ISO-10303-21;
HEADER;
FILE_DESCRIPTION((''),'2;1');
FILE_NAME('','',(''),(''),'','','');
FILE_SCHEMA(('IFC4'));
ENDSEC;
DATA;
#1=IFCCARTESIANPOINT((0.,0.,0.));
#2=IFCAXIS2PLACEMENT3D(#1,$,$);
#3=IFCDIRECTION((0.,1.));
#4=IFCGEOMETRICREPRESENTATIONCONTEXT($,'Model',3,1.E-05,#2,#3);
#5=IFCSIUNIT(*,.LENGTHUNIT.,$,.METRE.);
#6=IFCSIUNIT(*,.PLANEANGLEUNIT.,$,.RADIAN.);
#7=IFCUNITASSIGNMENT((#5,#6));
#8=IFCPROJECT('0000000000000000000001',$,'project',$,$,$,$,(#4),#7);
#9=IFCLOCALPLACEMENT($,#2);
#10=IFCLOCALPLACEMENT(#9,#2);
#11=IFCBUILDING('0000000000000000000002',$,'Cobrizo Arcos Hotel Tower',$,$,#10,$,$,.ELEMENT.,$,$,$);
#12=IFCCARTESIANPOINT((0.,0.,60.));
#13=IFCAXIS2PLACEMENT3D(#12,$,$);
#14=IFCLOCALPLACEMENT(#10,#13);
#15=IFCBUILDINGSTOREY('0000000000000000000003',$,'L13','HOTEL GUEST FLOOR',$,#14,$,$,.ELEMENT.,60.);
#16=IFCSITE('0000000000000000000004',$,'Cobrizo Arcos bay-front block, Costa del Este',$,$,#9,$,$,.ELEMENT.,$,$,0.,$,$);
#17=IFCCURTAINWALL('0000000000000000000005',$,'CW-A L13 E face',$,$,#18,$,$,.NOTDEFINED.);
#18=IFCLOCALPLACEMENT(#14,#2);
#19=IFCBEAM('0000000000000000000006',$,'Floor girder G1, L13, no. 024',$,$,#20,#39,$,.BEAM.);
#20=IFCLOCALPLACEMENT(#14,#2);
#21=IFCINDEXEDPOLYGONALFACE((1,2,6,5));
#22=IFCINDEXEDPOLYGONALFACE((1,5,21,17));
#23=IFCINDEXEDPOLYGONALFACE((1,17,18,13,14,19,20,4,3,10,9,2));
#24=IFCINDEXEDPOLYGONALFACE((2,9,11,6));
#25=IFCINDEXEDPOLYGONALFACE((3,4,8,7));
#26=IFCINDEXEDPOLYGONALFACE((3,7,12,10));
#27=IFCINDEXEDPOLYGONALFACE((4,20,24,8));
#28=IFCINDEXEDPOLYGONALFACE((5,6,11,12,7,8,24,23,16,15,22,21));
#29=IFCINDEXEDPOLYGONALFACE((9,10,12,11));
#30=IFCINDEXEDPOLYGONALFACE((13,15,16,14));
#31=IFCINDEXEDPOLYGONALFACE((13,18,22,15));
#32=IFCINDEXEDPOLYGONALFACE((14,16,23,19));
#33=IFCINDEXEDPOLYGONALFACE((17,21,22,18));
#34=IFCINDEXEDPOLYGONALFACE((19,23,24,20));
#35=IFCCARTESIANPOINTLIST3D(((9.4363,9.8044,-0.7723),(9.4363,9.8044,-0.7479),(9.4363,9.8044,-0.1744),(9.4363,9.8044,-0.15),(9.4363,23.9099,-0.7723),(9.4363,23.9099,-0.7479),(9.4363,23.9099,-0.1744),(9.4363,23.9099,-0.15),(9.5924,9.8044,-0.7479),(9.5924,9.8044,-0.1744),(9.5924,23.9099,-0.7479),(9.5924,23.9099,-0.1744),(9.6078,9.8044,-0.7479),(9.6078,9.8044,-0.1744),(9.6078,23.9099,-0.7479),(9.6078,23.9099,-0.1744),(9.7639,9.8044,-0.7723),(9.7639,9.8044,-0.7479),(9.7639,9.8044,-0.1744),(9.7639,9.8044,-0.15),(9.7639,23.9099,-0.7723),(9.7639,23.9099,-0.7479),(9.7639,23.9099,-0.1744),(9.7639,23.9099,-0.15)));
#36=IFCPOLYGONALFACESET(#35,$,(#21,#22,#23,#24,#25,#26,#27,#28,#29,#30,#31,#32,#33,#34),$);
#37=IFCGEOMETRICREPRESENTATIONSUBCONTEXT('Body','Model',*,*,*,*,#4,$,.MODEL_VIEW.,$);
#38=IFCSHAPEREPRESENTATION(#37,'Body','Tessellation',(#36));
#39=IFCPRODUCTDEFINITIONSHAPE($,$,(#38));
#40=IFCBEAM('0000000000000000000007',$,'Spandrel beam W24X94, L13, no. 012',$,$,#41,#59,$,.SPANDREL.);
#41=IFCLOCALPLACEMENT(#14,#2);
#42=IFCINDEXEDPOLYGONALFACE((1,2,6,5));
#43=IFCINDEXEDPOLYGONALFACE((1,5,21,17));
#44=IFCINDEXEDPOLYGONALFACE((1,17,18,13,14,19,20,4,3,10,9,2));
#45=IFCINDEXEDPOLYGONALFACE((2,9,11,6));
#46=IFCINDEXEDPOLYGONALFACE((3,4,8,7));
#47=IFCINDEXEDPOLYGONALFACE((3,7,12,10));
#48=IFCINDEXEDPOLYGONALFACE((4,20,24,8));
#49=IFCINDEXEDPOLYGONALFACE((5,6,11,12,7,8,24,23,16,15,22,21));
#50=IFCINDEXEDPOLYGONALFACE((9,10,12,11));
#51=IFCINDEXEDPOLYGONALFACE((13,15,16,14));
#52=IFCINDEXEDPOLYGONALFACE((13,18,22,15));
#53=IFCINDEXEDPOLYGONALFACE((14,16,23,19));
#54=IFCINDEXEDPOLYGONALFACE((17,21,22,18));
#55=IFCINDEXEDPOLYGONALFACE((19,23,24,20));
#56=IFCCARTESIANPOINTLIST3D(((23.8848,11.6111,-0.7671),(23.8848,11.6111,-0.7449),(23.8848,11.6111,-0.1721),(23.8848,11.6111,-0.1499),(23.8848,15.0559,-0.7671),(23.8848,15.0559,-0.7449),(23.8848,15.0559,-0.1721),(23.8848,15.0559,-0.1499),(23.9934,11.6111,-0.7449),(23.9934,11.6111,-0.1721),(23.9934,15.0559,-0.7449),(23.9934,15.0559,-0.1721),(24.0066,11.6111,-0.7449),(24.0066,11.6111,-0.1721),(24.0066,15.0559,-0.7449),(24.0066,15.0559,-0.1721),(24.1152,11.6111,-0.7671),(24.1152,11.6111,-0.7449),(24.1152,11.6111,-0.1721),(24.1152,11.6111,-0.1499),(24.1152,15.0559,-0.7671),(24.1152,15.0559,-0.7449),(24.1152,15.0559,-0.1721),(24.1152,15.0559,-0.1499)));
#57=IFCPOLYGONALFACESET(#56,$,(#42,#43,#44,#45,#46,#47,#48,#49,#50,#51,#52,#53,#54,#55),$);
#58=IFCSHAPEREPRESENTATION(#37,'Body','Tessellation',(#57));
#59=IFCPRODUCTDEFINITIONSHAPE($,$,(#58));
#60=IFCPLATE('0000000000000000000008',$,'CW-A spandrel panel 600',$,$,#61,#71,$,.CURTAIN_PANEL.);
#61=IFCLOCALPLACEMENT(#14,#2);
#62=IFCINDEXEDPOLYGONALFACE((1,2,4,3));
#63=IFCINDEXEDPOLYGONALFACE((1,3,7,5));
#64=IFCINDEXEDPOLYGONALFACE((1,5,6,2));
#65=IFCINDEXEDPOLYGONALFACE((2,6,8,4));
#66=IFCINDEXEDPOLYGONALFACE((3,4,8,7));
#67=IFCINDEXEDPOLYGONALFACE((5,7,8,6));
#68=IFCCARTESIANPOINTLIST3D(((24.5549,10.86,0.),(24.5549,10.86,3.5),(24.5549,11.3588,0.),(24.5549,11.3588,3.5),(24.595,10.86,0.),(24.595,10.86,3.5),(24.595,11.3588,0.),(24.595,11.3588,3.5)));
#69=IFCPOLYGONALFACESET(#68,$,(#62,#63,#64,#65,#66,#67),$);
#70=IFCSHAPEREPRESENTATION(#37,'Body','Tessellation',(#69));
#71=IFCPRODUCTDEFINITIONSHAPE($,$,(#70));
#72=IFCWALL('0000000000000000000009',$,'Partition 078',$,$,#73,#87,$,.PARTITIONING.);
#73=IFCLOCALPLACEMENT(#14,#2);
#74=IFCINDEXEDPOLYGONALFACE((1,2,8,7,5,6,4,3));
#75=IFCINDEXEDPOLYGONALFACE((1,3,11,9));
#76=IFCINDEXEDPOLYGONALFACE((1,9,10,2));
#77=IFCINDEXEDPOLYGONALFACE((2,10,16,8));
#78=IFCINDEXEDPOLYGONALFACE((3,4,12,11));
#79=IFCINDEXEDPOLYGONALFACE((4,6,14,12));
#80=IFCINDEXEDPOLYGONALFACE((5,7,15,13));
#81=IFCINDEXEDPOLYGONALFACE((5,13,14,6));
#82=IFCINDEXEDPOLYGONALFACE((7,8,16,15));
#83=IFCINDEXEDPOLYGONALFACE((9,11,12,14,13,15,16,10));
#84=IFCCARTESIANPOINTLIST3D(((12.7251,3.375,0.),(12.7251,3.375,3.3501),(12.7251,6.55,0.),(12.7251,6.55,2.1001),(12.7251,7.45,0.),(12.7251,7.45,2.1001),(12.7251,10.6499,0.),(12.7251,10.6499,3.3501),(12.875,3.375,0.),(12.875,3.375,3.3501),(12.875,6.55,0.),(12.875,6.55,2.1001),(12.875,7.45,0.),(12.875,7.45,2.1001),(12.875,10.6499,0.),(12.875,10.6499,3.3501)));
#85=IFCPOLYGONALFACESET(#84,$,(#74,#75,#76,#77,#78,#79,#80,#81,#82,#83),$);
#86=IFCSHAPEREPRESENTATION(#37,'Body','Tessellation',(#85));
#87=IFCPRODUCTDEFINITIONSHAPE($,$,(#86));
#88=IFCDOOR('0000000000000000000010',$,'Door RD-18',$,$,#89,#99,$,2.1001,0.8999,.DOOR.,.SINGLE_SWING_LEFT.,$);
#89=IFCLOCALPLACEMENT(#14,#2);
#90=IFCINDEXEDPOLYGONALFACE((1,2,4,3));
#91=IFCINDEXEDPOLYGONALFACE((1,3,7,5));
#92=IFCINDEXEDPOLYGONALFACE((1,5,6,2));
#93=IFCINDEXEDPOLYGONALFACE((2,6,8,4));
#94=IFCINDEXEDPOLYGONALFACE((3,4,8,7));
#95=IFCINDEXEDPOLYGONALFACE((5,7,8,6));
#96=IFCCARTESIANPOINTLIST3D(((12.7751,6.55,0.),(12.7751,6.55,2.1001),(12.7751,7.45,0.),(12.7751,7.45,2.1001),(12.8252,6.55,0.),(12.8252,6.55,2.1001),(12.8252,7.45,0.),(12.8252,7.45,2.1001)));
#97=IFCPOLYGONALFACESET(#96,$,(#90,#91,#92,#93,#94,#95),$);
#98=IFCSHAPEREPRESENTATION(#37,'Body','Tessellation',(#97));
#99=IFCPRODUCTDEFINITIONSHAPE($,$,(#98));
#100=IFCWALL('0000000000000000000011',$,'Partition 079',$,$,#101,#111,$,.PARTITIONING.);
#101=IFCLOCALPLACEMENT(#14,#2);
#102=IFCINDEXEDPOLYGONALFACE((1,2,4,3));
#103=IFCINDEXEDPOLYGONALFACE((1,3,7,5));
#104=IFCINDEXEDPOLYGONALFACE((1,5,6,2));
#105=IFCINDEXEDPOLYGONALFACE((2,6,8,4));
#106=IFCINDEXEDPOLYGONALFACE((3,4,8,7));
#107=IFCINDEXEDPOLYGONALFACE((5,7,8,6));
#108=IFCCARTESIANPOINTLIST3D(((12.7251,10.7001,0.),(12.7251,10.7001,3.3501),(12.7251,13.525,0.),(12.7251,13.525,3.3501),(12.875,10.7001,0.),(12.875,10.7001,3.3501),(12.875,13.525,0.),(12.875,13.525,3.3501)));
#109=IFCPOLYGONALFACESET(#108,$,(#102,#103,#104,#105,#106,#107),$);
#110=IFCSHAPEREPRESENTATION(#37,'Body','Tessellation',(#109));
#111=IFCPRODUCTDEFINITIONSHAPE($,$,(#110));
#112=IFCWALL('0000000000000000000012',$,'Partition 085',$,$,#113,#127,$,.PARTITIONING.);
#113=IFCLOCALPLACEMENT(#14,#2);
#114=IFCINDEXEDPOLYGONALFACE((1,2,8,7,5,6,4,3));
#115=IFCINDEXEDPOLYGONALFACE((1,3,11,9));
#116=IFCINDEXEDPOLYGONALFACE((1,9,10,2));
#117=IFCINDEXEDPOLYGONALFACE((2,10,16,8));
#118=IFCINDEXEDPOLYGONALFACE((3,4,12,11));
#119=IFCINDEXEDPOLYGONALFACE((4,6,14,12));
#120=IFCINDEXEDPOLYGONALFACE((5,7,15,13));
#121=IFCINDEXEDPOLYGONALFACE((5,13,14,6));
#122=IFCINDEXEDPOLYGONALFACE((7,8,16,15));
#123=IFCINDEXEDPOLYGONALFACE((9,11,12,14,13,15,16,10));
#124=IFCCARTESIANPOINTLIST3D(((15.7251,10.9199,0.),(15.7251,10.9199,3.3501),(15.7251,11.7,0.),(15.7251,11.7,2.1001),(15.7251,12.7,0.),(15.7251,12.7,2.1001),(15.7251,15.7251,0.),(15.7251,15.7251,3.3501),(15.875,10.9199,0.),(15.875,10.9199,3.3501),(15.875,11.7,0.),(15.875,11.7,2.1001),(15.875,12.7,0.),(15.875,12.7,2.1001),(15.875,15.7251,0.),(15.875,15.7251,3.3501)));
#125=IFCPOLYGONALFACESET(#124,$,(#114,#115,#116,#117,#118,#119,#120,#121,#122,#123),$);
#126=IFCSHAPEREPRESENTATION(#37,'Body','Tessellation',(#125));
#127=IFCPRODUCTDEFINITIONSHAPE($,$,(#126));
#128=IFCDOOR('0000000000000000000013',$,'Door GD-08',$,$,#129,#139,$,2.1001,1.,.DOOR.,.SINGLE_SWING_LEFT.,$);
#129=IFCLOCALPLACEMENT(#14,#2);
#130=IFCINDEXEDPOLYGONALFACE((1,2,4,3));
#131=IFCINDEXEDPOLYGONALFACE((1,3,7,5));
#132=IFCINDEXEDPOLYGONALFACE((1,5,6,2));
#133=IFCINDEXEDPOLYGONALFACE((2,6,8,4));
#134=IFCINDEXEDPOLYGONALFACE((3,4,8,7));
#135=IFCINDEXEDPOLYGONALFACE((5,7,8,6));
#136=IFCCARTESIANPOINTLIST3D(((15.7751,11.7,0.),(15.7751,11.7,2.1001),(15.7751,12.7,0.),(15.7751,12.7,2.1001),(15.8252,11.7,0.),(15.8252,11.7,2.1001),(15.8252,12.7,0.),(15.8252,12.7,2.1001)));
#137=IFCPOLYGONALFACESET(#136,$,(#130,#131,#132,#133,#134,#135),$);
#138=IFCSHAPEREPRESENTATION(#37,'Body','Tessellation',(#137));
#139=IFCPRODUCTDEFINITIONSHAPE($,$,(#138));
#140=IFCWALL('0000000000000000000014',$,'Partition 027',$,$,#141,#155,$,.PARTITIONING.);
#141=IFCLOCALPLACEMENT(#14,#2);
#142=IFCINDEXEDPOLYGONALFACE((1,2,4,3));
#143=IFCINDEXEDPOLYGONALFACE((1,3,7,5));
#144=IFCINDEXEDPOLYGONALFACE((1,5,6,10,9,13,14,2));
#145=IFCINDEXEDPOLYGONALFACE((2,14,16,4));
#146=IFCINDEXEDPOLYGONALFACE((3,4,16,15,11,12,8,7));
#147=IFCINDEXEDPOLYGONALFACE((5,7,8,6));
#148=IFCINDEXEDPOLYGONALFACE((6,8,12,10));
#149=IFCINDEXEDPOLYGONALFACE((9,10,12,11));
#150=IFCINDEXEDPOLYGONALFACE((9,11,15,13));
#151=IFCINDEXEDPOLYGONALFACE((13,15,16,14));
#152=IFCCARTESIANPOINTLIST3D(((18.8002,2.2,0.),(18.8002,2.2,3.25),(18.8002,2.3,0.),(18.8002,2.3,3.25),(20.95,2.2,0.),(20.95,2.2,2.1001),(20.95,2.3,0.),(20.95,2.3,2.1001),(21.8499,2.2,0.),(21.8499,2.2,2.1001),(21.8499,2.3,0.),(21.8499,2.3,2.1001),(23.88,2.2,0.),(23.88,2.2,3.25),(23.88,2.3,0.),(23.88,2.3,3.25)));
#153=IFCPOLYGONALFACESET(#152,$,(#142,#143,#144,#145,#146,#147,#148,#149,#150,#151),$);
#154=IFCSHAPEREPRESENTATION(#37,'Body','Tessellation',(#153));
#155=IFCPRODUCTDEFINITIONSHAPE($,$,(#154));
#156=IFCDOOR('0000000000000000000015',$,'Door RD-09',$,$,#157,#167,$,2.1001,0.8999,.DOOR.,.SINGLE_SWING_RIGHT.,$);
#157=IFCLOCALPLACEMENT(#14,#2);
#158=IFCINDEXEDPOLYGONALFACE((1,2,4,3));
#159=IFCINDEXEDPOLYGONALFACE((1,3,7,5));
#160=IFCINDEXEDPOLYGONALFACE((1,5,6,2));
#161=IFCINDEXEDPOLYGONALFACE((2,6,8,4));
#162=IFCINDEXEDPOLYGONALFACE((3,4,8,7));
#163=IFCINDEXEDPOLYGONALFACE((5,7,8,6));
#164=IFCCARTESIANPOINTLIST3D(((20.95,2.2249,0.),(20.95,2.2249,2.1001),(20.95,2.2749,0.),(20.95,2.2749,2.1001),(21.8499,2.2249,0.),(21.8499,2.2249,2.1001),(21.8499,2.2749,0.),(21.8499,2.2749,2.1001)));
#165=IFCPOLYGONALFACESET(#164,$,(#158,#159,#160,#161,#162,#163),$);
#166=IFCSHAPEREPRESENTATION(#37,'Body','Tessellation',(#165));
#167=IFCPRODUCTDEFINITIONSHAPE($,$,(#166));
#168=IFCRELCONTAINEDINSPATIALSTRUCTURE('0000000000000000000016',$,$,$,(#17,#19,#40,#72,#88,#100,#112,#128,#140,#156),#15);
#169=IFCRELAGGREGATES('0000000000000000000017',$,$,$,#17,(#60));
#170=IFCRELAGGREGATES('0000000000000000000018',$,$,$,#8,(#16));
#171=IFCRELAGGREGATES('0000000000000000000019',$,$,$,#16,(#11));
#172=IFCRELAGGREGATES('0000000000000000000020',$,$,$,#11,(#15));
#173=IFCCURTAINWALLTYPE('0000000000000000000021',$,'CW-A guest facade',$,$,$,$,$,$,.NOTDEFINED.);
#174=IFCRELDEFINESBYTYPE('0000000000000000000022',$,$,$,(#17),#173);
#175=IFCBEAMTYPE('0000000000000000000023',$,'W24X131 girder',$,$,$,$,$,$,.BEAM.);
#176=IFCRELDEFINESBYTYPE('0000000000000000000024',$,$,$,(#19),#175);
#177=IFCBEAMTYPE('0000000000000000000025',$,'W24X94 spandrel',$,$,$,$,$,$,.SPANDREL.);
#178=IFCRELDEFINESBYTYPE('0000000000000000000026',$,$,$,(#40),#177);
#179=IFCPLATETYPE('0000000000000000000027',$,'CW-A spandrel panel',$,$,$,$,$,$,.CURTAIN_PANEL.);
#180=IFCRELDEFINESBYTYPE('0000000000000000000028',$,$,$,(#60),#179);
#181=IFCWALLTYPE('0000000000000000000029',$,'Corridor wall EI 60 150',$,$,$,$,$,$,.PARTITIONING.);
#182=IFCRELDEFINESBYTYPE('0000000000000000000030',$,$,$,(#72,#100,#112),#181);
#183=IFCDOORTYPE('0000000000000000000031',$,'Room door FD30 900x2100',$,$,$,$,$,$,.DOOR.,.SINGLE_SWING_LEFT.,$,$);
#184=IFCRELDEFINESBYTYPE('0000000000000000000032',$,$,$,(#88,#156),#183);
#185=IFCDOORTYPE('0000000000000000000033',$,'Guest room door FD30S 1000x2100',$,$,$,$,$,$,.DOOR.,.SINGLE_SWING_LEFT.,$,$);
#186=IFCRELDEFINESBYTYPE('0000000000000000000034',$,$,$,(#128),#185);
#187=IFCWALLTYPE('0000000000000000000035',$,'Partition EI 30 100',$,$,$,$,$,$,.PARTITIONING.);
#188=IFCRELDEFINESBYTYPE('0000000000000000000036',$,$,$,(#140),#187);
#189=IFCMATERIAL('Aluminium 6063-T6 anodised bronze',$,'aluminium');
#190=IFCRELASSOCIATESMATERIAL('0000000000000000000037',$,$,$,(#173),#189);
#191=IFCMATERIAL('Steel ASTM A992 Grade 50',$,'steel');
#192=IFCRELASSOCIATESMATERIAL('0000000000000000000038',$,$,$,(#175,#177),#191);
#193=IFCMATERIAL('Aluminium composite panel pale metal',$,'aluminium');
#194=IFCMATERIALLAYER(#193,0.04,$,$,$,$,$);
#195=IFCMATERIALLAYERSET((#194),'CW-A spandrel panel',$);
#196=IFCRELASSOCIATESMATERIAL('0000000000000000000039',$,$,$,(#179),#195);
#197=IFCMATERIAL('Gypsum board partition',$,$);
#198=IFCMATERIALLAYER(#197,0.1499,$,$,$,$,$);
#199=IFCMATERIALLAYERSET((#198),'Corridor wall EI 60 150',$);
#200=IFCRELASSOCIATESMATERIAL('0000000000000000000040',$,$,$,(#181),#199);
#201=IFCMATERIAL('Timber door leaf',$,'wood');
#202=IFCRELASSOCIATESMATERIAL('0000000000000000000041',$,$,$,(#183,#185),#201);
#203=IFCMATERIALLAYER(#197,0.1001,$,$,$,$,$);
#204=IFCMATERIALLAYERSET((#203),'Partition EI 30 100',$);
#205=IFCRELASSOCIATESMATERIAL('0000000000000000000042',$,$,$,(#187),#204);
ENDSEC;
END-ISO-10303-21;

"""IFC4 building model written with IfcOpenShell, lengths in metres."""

from ifc_helpers import new_model, si_unit, direction, frame, frame_2d, origin, origin_2d, place, context, subcontext, project, spatial, rectangle, i_section, extrude, material, layer, layer_set, material_profile, profile_set, type_object, element, fill, aggregate, save


model = new_model("IFC4")

# Units and contexts
model_context = context("Model", 3, precision=1e-05, world=origin(), true_north=direction((0.0, 1.0)))
body_context = subcontext(model_context, "Body", "Model", "MODEL_VIEW")
ifc_project = project(units=[si_unit("LENGTHUNIT", "METRE"), si_unit("PLANEANGLEUNIT", "RADIAN")], contexts=[model_context])

# Site, building, storey
site_placement = place(None, origin())
site = spatial("IfcSite", under=ifc_project, at=site_placement, Name="Cobrizo Arcos bay-front block, Costa del Este", CompositionType="ELEMENT", RefElevation=0.0)
building_placement = place(site_placement, origin())
building = spatial("IfcBuilding", under=site, at=building_placement, Name="Cobrizo Arcos Hotel Tower", CompositionType="ELEMENT")
storey_placement = place(building_placement, frame((0.0, 0.0, 60.0)))
storey = spatial("IfcBuildingStorey", under=building, at=storey_placement, Name="L13", Description="HOTEL GUEST FLOOR", CompositionType="ELEMENT", Elevation=60.0)

# Shared definitions
ifc_material_1 = material(Name="Steel ASTM A992 Grade 50", Category="steel")

# Curtain wall
ifc_material_2 = material(Name="Aluminium 6063-T6 anodised bronze", Category="aluminium")
curtain_wall_type = type_object("IfcCurtainWallType", Name="CW-A guest facade", PredefinedType="NOTDEFINED", material=ifc_material_2)
curtain_wall_placement = place(storey_placement, origin())
curtain_wall = element("IfcCurtainWall", 1, at=curtain_wall_placement, inside=storey, type_object=curtain_wall_type, Name="CW-A L13 E face", PredefinedType="NOTDEFINED")

# Beams
ifc_material_profile_1 = material_profile(ifc_material_1, i_section(OverallWidth=0.3276, OverallDepth=0.6223, WebThickness=0.0154, FlangeThickness=0.0244, at=origin_2d()), Name="W24X131")
ifc_profile_set_1 = profile_set([ifc_material_profile_1], Name="Steel ASTM A992 Grade 50")
beam_type_1 = type_object("IfcBeamType", Name="W24X131 girder", PredefinedType="BEAM", material=ifc_profile_set_1)
beam_1_placement = place(storey_placement, frame((9.6001, 9.8044, -0.4612), z_axis=(0.0, 1.0, 0.0), x_axis=(-1.0, 0.0, 0.0)))
element("IfcBeam", 2, at=beam_1_placement, inside=storey, type_object=beam_type_1, Name="Floor girder G1, L13, no. 024", PredefinedType="BEAM", context=body_context, shape_type="SweptSolid", body=[
    extrude(i_section(OverallWidth=0.3276, OverallDepth=0.6223, WebThickness=0.0154, FlangeThickness=0.0244, at=origin_2d()), origin(), (0.0, 0.0, 1.0), 14.1055),
])
ifc_material_profile_2 = material_profile(ifc_material_1, i_section(OverallWidth=0.2305, OverallDepth=0.6172, WebThickness=0.0132, FlangeThickness=0.0222, at=origin_2d()), Name="W24X94")
ifc_profile_set_2 = profile_set([ifc_material_profile_2], Name="Steel ASTM A992 Grade 50")
beam_type_2 = type_object("IfcBeamType", Name="W24X94 spandrel", PredefinedType="SPANDREL", material=ifc_profile_set_2)
beam_2_placement = place(storey_placement, frame((24.0, 11.6111, -0.4585), z_axis=(0.0, 1.0, 0.0), x_axis=(-1.0, 0.0, 0.0)))
element("IfcBeam", 3, at=beam_2_placement, inside=storey, type_object=beam_type_2, Name="Spandrel beam W24X94, L13, no. 012", PredefinedType="SPANDREL", context=body_context, shape_type="SweptSolid", body=[
    extrude(i_section(OverallWidth=0.2305, OverallDepth=0.6172, WebThickness=0.0132, FlangeThickness=0.0222, at=origin_2d()), origin(), (0.0, 0.0, 1.0), 3.4448),
])

# Plate
ifc_material_3 = material(Name="Aluminium composite panel pale metal", Category="aluminium")
ifc_layer_1 = layer(ifc_material_3, 0.04)
ifc_layer_set_1 = layer_set([ifc_layer_1], Name="CW-A spandrel panel")
plate_type = type_object("IfcPlateType", Name="CW-A spandrel panel", PredefinedType="CURTAIN_PANEL", material=ifc_layer_set_1)
plate_placement = place(storey_placement, frame((24.575, 11.1094, 0.0), z_axis=(0.0, 0.0, 1.0), x_axis=(0.0, 1.0, 0.0)))
plate = element("IfcPlate", 4, at=plate_placement, type_object=plate_type, Name="CW-A spandrel panel 600", PredefinedType="CURTAIN_PANEL", context=body_context, shape_type="SweptSolid", body=[
    extrude(rectangle(XDim=0.4988, YDim=0.04, at=origin_2d()), origin(), (0.0, 0.0, 1.0), 3.5),
])
aggregate(curtain_wall, [plate])

# Wall, opening, door
ifc_material_4 = material(Name="Gypsum board partition")
ifc_layer_2 = layer(ifc_material_4, 0.1499)
ifc_layer_set_2 = layer_set([ifc_layer_2], Name="Corridor wall EI 60 150")
wall_type_1 = type_object("IfcWallType", Name="Corridor wall EI 60 150", PredefinedType="PARTITIONING", material=ifc_layer_set_2)
wall_1_placement = place(storey_placement, frame((12.8, 3.375, 0.0), z_axis=(0.0, 0.0, 1.0), x_axis=(0.0, 1.0, 0.0)))
wall_1 = element("IfcWall", 5, at=wall_1_placement, inside=storey, type_object=wall_type_1, Name="Partition 078", PredefinedType="PARTITIONING", context=body_context, shape_type="SweptSolid", body=[
    extrude(rectangle(XDim=7.2749, YDim=0.1499, at=frame_2d((3.6375, 0.0))), origin(), (0.0, 0.0, 1.0), 3.3501),
])
opening_1_placement = place(wall_1_placement, frame((3.175, 0.0, 0.0)))
opening_1 = element("IfcOpeningElement", 6, at=opening_1_placement, cuts=wall_1, PredefinedType="OPENING", context=body_context, shape_type="SweptSolid", body=[
    extrude(rectangle(XDim=0.8999, YDim=2.1001, at=frame_2d((0.45, 1.05))), frame((0.0, 0.0869, 0.0), z_axis=(0.0, -1.0, 0.0), x_axis=(1.0, 0.0, 0.0)), (0.0, 0.0, 1.0), 0.1738),
])
ifc_material_5 = material(Name="Timber door leaf", Category="wood")
door_type_1 = type_object("IfcDoorType", Name="Room door FD30 900x2100", OperationType="SINGLE_SWING_LEFT", PredefinedType="DOOR", material=ifc_material_5)
door_1_placement = place(opening_1_placement, origin())
door_1 = element("IfcDoor", 7, at=door_1_placement, inside=storey, type_object=door_type_1, Name="Door RD-18", OperationType="SINGLE_SWING_LEFT", OverallHeight=2.1001, OverallWidth=0.8999, PredefinedType="DOOR", context=body_context, shape_type="SweptSolid", body=[
    extrude(rectangle(XDim=0.8999, YDim=2.1001, at=frame_2d((0.45, 1.05))), frame((0.0, 0.0249, 0.0), z_axis=(0.0, -1.0, 0.0), x_axis=(1.0, 0.0, 0.0)), (0.0, 0.0, 1.0), 0.05),
])
fill(opening_1, door_1)

# Wall
wall_2_placement = place(storey_placement, frame((12.8, 10.7, 0.0), z_axis=(0.0, 0.0, 1.0), x_axis=(0.0, 1.0, 0.0)))
element("IfcWall", 8, at=wall_2_placement, inside=storey, type_object=wall_type_1, Name="Partition 079", PredefinedType="PARTITIONING", context=body_context, shape_type="SweptSolid", body=[
    extrude(rectangle(XDim=2.825, YDim=0.1499, at=frame_2d((1.4126, 0.0))), origin(), (0.0, 0.0, 1.0), 3.3501),
])

# Walls, openings, doors
wall_3_placement = place(storey_placement, frame((15.8, 10.9199, 0.0), z_axis=(0.0, 0.0, 1.0), x_axis=(0.0, 1.0, 0.0)))
wall_3 = element("IfcWall", 9, at=wall_3_placement, inside=storey, type_object=wall_type_1, Name="Partition 085", PredefinedType="PARTITIONING", context=body_context, shape_type="SweptSolid", body=[
    extrude(rectangle(XDim=4.8052, YDim=0.1499, at=frame_2d((2.4026, 0.0))), origin(), (0.0, 0.0, 1.0), 3.3501),
])
opening_2_placement = place(wall_3_placement, frame((0.78, 0.0, 0.0)))
opening_2 = element("IfcOpeningElement", 10, at=opening_2_placement, cuts=wall_3, PredefinedType="OPENING", context=body_context, shape_type="SweptSolid", body=[
    extrude(rectangle(XDim=1.0, YDim=2.1001, at=frame_2d((0.5, 1.05))), frame((0.0, 0.0869, 0.0), z_axis=(0.0, -1.0, 0.0), x_axis=(1.0, 0.0, 0.0)), (0.0, 0.0, 1.0), 0.1738),
])
door_type_2 = type_object("IfcDoorType", Name="Guest room door FD30S 1000x2100", OperationType="SINGLE_SWING_LEFT", PredefinedType="DOOR", material=ifc_material_5)
door_2_placement = place(opening_2_placement, origin())
door_2 = element("IfcDoor", 11, at=door_2_placement, inside=storey, type_object=door_type_2, Name="Door GD-08", OperationType="SINGLE_SWING_LEFT", OverallHeight=2.1001, OverallWidth=1.0, PredefinedType="DOOR", context=body_context, shape_type="SweptSolid", body=[
    extrude(rectangle(XDim=1.0, YDim=2.1001, at=frame_2d((0.5, 1.05))), frame((0.0, 0.0249, 0.0), z_axis=(0.0, -1.0, 0.0), x_axis=(1.0, 0.0, 0.0)), (0.0, 0.0, 1.0), 0.05),
])
fill(opening_2, door_2)
ifc_layer_3 = layer(ifc_material_4, 0.1001)
ifc_layer_set_3 = layer_set([ifc_layer_3], Name="Partition EI 30 100")
wall_type_2 = type_object("IfcWallType", Name="Partition EI 30 100", PredefinedType="PARTITIONING", material=ifc_layer_set_3)
wall_4_placement = place(storey_placement, frame((18.8, 2.25, 0.0), z_axis=(0.0, 0.0, 1.0), x_axis=(1.0, 0.0, 0.0)))
wall_4 = element("IfcWall", 12, at=wall_4_placement, inside=storey, type_object=wall_type_2, Name="Partition 027", PredefinedType="PARTITIONING", context=body_context, shape_type="SweptSolid", body=[
    extrude(rectangle(XDim=5.0798, YDim=0.1001, at=frame_2d((2.54, 0.0))), origin(), (0.0, 0.0, 1.0), 3.25),
])
opening_3_placement = place(wall_4_placement, frame((2.1499, 0.0, 0.0)))
opening_3 = element("IfcOpeningElement", 13, at=opening_3_placement, cuts=wall_4, PredefinedType="OPENING", context=body_context, shape_type="SweptSolid", body=[
    extrude(rectangle(XDim=0.8999, YDim=2.1001, at=frame_2d((0.45, 1.05))), frame((0.0, 0.062, 0.0), z_axis=(0.0, -1.0, 0.0), x_axis=(1.0, 0.0, 0.0)), (0.0, 0.0, 1.0), 0.124),
])
door_3_placement = place(opening_3_placement, origin())
door_3 = element("IfcDoor", 14, at=door_3_placement, inside=storey, type_object=door_type_1, Name="Door RD-09", OperationType="SINGLE_SWING_RIGHT", OverallHeight=2.1001, OverallWidth=0.8999, PredefinedType="DOOR", context=body_context, shape_type="SweptSolid", body=[
    extrude(rectangle(XDim=0.8999, YDim=2.1001, at=frame_2d((0.45, 1.05))), frame((0.0, 0.0249, 0.0), z_axis=(0.0, -1.0, 0.0), x_axis=(1.0, 0.0, 0.0)), (0.0, 0.0, 1.0), 0.05),
])
fill(opening_3, door_3)

save(model, "model.ifc")
